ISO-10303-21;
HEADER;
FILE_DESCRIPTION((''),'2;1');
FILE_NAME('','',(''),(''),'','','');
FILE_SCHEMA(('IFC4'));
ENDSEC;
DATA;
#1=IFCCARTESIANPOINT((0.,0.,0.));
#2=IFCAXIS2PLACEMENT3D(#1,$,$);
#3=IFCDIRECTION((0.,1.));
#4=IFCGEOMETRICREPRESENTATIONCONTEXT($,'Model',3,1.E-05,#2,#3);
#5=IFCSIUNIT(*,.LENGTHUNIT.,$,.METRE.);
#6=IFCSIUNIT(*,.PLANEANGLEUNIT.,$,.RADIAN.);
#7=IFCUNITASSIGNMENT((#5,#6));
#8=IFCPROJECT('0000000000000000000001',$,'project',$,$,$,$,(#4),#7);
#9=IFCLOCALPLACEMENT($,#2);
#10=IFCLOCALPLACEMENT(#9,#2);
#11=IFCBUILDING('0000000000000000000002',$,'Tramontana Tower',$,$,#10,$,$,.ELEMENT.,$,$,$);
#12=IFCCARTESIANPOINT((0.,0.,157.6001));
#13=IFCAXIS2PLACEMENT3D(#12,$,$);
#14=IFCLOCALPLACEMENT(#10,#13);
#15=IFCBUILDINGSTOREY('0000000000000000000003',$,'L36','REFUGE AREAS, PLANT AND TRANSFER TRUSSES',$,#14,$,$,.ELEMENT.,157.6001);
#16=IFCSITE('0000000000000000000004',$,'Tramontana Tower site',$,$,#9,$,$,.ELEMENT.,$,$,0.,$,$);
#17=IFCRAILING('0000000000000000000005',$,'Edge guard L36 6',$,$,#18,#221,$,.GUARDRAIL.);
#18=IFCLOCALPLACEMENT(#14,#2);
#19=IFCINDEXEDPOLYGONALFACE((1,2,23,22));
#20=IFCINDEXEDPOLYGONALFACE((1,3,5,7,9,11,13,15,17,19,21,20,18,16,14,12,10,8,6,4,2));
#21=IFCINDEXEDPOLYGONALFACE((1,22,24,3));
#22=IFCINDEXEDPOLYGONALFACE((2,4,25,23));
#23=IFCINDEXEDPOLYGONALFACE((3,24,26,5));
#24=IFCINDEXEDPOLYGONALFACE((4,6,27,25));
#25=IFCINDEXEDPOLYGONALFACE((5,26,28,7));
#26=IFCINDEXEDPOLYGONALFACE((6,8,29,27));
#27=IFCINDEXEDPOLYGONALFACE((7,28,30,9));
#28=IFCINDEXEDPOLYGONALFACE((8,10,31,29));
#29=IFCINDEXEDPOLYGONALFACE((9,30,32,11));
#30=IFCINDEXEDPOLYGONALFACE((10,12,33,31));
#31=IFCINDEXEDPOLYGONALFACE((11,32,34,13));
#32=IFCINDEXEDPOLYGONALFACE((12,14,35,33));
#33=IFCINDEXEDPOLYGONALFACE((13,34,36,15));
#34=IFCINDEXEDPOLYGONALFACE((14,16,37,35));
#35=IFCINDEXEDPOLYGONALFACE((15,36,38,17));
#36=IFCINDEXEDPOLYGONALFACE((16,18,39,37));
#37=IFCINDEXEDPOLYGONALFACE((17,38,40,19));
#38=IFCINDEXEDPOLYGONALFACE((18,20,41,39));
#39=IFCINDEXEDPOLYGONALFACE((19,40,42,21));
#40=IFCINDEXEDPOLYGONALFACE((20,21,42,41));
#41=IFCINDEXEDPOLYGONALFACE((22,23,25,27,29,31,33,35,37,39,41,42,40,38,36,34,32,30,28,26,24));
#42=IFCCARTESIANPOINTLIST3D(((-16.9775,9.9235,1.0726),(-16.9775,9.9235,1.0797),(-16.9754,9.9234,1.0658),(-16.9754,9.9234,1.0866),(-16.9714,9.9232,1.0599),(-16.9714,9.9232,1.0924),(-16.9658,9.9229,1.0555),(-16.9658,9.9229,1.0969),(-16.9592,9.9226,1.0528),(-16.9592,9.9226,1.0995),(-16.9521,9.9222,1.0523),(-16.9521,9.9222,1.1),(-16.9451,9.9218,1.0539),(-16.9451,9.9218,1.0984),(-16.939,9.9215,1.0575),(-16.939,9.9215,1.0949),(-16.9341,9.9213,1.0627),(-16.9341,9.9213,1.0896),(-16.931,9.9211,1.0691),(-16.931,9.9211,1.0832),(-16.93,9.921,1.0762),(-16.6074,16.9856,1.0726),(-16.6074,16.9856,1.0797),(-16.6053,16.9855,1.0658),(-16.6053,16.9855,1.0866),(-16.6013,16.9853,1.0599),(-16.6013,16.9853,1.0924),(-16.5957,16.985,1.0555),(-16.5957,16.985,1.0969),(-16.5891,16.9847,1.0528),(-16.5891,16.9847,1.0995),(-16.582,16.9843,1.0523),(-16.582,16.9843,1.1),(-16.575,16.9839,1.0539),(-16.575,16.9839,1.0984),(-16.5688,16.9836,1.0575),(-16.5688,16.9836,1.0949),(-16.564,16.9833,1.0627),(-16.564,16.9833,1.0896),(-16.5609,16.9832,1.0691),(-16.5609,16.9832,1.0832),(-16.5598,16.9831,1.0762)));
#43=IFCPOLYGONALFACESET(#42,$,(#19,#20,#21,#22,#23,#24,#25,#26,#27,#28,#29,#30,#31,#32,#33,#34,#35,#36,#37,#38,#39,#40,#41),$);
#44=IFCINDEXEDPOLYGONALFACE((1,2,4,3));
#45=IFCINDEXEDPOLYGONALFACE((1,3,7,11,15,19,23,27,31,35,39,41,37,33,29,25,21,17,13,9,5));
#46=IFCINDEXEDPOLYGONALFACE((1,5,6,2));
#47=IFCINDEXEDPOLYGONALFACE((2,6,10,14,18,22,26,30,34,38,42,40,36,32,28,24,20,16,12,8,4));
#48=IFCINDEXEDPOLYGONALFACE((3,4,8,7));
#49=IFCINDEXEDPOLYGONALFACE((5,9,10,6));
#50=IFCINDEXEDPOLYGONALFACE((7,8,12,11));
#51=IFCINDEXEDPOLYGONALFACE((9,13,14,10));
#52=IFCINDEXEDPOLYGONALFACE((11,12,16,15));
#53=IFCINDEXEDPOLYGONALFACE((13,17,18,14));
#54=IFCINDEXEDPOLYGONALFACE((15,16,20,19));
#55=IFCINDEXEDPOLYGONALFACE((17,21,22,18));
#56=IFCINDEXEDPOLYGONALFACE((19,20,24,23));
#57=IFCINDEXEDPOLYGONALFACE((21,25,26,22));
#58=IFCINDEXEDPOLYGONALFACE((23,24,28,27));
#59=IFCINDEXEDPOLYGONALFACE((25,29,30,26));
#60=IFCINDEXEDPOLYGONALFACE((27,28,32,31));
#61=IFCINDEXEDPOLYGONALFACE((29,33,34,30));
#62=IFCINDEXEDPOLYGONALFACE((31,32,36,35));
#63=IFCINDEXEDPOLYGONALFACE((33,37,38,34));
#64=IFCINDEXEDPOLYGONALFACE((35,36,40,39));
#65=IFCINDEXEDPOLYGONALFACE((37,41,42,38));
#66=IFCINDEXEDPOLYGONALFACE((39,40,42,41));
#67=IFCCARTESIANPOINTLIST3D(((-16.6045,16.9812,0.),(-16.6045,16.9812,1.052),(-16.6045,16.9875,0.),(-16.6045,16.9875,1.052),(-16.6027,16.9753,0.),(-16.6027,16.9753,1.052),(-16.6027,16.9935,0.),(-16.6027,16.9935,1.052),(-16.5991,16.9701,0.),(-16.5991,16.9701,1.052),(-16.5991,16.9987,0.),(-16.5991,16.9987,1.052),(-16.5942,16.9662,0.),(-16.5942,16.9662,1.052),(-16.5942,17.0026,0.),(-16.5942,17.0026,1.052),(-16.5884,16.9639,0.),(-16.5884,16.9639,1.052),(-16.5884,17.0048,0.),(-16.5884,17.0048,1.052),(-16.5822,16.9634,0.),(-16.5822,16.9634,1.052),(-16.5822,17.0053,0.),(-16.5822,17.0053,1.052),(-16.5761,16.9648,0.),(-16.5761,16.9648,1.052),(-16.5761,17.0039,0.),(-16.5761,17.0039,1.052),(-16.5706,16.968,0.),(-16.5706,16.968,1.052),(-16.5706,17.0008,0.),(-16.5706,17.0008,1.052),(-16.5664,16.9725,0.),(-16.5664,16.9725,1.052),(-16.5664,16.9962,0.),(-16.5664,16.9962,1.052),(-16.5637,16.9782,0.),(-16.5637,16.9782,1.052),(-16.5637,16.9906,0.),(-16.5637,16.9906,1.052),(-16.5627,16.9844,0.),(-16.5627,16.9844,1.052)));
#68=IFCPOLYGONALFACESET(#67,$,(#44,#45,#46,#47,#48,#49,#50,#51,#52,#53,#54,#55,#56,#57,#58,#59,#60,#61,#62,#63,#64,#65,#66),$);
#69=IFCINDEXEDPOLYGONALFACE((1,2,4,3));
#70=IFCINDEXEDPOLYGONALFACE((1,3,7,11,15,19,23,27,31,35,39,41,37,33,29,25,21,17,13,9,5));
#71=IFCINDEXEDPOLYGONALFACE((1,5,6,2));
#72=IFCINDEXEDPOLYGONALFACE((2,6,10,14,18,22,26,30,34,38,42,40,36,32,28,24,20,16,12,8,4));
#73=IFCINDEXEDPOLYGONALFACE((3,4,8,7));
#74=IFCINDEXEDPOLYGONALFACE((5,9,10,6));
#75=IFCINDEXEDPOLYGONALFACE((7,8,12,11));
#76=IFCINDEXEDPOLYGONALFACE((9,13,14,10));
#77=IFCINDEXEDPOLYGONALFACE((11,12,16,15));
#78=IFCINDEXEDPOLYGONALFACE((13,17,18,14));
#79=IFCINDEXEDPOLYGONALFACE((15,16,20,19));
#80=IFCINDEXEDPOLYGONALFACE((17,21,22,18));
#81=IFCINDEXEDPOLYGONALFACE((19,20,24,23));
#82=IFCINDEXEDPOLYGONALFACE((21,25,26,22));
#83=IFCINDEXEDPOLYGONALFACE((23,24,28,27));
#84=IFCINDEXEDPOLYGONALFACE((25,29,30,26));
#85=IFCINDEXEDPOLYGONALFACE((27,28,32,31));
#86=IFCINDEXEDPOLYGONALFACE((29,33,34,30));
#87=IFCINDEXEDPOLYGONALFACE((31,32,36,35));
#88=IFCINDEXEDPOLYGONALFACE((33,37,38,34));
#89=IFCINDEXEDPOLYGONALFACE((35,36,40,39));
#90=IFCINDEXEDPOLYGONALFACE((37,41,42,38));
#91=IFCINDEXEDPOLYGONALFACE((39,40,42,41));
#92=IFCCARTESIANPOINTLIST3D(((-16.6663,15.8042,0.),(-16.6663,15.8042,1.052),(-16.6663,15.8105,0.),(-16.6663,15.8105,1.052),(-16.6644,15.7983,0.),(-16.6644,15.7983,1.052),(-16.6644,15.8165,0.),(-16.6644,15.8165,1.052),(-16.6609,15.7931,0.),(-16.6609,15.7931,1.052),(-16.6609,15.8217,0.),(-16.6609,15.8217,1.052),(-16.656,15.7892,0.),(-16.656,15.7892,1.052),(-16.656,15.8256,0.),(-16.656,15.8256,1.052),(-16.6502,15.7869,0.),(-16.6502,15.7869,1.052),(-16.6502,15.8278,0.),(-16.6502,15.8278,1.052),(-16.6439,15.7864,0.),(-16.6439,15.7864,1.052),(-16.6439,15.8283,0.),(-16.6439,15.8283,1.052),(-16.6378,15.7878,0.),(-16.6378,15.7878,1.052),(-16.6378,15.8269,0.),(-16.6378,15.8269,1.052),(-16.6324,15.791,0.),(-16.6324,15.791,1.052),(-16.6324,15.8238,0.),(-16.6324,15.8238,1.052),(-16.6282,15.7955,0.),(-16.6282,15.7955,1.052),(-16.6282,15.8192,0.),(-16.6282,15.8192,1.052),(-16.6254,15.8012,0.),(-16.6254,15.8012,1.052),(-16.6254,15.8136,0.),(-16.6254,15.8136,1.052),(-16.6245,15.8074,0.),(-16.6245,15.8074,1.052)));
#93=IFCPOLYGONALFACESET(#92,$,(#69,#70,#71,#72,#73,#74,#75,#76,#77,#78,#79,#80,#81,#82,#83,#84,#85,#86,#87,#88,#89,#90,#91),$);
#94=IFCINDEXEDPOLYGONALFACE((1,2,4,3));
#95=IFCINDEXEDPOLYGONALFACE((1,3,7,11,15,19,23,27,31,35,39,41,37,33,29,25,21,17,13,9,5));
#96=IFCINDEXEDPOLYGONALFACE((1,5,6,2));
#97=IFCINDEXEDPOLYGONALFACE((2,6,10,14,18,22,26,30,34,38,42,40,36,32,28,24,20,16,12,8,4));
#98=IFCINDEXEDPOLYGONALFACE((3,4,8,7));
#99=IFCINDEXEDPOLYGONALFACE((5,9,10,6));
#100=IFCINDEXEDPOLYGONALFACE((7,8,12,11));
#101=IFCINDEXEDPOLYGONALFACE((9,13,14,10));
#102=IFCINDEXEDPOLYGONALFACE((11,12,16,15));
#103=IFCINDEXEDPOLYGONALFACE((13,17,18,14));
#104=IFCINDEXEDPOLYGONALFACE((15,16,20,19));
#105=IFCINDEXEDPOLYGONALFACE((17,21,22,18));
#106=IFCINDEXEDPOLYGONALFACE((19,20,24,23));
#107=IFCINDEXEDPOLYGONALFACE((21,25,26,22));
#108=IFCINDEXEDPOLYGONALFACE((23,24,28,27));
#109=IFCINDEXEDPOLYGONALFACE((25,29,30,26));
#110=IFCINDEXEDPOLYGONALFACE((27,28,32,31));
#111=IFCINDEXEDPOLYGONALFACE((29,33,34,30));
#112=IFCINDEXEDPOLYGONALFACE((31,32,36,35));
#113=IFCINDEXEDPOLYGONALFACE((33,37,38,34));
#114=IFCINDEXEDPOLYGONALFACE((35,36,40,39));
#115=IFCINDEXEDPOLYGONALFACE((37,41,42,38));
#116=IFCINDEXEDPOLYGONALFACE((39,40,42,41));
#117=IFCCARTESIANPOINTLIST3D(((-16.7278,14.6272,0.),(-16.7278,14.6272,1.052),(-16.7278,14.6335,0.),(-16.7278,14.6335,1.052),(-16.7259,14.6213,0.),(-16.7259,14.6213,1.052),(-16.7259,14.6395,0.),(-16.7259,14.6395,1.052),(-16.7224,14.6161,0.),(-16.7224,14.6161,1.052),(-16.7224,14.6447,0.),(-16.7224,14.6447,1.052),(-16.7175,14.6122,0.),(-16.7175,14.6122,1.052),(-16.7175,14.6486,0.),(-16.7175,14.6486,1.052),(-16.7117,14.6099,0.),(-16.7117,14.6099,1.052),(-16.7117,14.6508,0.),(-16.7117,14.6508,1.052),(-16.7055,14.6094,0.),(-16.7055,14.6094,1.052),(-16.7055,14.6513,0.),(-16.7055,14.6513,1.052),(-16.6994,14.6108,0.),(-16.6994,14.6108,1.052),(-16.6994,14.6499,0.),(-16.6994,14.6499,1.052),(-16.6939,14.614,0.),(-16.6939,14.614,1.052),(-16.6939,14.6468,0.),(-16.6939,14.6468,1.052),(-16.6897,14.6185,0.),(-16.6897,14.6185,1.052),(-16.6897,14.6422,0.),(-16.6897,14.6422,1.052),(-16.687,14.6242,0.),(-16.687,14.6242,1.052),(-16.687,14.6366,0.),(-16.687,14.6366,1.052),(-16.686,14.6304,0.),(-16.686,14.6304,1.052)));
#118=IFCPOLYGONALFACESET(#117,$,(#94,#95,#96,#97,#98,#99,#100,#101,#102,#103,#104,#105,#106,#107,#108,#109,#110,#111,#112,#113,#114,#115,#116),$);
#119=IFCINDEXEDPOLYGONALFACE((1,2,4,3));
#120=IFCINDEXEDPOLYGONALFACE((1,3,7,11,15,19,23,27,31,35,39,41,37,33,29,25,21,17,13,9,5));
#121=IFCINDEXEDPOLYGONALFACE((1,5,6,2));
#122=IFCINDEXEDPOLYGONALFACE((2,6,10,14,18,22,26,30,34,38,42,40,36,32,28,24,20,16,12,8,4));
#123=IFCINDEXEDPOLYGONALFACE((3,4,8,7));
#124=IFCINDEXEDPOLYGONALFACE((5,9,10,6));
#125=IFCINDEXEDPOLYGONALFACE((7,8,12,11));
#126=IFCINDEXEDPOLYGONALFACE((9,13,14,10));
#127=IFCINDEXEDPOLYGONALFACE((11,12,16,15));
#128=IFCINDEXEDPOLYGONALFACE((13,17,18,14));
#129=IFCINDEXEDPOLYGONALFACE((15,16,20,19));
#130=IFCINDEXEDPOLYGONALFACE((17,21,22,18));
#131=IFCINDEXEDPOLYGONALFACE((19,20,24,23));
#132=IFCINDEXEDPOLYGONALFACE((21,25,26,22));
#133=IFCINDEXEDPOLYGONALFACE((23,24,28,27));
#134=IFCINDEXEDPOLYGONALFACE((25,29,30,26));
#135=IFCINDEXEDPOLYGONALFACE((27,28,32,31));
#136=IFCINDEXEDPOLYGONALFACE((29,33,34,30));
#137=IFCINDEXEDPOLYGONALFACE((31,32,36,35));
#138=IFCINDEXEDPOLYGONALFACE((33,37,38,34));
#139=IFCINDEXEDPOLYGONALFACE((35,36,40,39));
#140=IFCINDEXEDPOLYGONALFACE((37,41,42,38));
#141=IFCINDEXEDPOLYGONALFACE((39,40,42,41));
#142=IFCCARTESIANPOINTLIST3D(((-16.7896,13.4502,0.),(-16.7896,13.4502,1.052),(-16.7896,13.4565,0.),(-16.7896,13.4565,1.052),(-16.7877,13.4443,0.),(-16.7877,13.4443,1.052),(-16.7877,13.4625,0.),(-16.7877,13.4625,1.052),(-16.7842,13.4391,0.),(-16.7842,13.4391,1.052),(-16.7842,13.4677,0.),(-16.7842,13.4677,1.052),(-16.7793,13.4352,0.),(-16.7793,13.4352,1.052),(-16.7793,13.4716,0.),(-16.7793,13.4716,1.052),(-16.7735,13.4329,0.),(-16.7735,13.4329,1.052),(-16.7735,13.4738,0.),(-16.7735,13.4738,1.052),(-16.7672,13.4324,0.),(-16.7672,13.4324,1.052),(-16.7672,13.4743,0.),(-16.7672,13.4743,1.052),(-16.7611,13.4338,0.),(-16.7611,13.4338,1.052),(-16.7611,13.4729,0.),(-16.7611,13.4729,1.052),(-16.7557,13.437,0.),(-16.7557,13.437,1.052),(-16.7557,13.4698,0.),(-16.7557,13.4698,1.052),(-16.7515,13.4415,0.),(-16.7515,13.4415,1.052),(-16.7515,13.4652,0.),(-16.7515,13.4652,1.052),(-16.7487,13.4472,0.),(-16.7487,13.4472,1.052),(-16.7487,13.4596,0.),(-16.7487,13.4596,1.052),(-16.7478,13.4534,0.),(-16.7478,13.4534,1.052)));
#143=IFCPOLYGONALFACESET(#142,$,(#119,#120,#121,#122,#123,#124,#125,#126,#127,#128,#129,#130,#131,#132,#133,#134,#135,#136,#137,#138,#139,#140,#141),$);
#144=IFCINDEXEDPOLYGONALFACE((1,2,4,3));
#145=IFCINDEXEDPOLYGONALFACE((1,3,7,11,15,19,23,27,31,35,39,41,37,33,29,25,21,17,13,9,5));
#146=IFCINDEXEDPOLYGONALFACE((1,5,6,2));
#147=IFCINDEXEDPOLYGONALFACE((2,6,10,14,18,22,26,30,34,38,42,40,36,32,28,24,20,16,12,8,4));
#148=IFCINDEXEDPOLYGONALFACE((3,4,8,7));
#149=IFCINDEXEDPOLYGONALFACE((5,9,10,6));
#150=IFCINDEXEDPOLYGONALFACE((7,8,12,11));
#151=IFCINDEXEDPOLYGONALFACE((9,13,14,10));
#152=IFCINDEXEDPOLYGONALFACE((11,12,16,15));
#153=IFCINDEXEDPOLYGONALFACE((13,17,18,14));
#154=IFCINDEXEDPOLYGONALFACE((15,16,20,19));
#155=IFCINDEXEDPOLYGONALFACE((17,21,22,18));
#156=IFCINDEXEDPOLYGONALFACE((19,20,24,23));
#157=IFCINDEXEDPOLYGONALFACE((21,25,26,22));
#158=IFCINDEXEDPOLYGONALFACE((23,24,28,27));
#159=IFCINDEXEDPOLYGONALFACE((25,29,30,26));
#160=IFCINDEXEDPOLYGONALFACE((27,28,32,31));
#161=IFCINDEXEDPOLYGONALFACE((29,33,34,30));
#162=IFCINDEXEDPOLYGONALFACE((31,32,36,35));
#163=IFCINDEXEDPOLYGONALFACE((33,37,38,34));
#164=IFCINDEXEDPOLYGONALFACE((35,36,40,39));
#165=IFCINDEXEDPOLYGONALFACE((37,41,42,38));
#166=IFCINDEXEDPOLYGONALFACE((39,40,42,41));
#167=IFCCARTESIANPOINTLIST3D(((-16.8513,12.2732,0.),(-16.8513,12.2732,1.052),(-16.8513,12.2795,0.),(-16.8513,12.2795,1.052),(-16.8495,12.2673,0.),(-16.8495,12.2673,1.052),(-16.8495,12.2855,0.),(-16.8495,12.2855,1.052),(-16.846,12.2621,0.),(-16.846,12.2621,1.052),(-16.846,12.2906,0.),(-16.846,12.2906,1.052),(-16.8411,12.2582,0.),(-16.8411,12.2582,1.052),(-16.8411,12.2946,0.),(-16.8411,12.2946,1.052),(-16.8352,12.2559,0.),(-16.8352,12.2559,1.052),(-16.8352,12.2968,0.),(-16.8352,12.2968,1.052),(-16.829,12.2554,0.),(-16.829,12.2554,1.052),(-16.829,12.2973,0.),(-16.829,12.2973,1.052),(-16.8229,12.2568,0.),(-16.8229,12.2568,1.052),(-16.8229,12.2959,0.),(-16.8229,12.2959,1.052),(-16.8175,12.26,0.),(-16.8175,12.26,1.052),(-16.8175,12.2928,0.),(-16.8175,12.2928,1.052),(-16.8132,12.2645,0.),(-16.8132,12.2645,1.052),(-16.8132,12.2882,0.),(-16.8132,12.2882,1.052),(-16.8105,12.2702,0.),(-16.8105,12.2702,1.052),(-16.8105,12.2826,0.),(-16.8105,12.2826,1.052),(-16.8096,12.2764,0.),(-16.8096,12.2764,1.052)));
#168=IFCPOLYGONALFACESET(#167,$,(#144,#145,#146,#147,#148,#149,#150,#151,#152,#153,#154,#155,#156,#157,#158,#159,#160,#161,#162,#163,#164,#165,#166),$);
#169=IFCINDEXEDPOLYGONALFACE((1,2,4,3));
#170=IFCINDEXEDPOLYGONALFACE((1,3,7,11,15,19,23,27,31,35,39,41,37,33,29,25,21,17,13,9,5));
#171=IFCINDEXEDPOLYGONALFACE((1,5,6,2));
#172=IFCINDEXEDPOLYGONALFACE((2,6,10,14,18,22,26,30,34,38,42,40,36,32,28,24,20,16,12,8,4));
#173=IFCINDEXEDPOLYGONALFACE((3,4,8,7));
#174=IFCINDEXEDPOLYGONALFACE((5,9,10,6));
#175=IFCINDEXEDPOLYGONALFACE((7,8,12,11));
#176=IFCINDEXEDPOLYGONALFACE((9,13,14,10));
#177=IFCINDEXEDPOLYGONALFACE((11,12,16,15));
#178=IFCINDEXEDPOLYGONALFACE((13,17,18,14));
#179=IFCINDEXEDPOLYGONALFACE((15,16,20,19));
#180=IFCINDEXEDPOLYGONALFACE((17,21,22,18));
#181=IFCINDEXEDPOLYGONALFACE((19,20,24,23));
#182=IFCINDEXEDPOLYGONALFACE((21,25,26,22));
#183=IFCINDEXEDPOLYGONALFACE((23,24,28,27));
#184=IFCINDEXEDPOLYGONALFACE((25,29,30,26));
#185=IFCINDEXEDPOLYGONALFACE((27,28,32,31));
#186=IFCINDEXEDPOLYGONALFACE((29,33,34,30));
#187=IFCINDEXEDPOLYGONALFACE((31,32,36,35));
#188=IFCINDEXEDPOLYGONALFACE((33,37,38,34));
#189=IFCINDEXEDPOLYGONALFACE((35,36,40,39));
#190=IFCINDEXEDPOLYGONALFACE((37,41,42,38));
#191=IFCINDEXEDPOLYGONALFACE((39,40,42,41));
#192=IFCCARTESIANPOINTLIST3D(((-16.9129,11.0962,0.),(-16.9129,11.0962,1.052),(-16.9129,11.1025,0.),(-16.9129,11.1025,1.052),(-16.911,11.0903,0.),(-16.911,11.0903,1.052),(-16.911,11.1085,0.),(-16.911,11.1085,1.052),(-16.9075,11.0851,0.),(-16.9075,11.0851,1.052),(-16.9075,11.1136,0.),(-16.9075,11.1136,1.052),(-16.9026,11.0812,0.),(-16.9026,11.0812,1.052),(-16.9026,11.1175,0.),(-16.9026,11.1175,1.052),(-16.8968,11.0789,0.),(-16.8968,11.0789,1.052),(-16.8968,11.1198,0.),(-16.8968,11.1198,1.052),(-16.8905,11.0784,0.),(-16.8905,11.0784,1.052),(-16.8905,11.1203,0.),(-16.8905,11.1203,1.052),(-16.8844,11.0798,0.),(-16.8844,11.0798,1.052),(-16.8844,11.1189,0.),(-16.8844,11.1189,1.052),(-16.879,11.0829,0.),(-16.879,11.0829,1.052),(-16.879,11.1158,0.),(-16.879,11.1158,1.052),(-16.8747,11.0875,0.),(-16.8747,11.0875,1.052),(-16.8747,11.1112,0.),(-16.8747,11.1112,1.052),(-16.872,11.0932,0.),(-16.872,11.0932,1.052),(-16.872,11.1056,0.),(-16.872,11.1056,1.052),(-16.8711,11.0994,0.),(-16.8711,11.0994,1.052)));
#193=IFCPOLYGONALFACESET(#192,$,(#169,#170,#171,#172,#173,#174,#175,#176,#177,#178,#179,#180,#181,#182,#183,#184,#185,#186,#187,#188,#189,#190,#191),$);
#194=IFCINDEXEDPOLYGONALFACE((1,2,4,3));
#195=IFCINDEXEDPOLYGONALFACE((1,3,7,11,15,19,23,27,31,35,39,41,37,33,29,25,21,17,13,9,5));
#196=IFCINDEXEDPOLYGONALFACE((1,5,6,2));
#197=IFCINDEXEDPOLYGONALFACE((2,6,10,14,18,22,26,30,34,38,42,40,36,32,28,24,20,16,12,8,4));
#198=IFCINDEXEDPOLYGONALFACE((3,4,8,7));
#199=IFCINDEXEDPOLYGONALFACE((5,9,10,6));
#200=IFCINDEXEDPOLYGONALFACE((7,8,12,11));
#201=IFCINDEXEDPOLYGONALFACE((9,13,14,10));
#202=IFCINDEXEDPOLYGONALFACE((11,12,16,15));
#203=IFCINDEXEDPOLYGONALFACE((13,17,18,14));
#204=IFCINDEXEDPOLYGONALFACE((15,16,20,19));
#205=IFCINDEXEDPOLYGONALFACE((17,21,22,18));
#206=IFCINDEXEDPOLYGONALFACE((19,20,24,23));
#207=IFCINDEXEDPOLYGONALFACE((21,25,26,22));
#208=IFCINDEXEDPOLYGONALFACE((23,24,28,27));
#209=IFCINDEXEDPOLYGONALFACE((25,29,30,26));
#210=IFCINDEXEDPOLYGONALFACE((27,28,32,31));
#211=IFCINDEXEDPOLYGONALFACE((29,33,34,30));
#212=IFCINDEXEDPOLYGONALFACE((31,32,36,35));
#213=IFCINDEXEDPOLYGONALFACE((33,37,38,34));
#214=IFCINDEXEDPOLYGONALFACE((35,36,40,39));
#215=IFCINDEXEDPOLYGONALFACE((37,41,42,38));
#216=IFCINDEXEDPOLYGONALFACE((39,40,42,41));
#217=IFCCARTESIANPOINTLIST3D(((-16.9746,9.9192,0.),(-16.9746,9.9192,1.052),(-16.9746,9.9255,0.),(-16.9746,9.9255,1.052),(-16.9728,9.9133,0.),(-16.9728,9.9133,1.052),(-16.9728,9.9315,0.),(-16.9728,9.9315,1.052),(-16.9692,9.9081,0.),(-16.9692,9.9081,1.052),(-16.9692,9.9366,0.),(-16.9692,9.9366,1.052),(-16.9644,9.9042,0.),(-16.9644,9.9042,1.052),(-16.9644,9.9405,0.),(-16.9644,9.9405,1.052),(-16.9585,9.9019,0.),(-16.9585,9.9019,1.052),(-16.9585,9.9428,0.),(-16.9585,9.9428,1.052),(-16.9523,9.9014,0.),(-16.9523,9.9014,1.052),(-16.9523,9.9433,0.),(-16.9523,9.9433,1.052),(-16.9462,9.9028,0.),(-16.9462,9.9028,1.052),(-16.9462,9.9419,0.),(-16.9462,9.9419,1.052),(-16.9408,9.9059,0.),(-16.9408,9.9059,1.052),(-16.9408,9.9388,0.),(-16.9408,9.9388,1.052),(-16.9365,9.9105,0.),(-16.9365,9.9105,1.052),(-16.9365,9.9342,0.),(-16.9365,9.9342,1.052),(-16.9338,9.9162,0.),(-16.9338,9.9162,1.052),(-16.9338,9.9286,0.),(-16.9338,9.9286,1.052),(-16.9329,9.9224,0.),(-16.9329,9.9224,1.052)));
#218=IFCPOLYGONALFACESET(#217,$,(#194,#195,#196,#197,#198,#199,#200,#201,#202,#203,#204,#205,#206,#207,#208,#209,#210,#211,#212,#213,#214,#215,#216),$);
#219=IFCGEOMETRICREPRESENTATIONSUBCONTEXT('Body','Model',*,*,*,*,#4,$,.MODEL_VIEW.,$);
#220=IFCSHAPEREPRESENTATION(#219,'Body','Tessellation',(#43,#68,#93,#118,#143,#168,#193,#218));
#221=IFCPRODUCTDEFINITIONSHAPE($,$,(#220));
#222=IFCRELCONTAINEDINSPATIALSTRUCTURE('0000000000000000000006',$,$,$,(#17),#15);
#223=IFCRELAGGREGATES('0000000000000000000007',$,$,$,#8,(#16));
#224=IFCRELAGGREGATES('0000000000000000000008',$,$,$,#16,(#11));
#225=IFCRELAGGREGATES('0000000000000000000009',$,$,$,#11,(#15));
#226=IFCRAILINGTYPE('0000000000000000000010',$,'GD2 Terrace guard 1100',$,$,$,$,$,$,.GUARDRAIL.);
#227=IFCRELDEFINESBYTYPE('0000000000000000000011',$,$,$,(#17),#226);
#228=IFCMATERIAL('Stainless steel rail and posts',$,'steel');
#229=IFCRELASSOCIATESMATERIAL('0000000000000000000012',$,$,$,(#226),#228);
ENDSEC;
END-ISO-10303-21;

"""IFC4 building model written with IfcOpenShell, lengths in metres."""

from ifc_helpers import new_model, si_unit, direction, frame, origin, origin_2d, place, context, subcontext, project, spatial, circle, extrude, material, type_object, element, save


model = new_model("IFC4")

# Units and contexts
model_context = context("Model", 3, precision=1e-05, world=origin(), true_north=direction((0.0, 1.0)))
body_context = subcontext(model_context, "Body", "Model", "MODEL_VIEW")
ifc_project = project(units=[si_unit("LENGTHUNIT", "METRE"), si_unit("PLANEANGLEUNIT", "RADIAN")], contexts=[model_context])

# Site, building, storey
site_placement = place(None, origin())
site = spatial("IfcSite", under=ifc_project, at=site_placement, Name="Tramontana Tower site", CompositionType="ELEMENT", RefElevation=0.0)
building_placement = place(site_placement, origin())
building = spatial("IfcBuilding", under=site, at=building_placement, Name="Tramontana Tower", CompositionType="ELEMENT")
storey_placement = place(building_placement, frame((0.0, 0.0, 157.6001)))
storey = spatial("IfcBuildingStorey", under=building, at=storey_placement, Name="L36", Description="REFUGE AREAS, PLANT AND TRANSFER TRUSSES", CompositionType="ELEMENT", Elevation=157.6001)

# Railing
ifc_material_1 = material(Name="Stainless steel rail and posts", Category="steel")
railing_type = type_object("IfcRailingType", Name="GD2 Terrace guard 1100", PredefinedType="GUARDRAIL", material=ifc_material_1)
railing_1_placement = place(storey_placement, frame((-16.5837, 16.9844, 0.0)))
element("IfcRailing", 1, at=railing_1_placement, inside=storey, type_object=railing_type, Name="Edge guard L36 6", PredefinedType="GUARDRAIL", context=body_context, shape_type="SweptSolid", body=[
    extrude(circle(Radius=0.0239, at=origin_2d()), frame((0.0, 0.0, 1.0762), z_axis=(-0.052338, -0.998629, 0.0), x_axis=(0.998629, -0.052338, 0.0)), (0.0, 0.0, 1.0), 7.0718),
    extrude(circle(Radius=0.021, at=origin_2d()), origin(), (0.0, 0.0, 1.0), 1.052),
    extrude(circle(Radius=0.021, at=origin_2d()), frame((-0.0618, -1.177, 0.0)), (0.0, 0.0, 1.0), 1.052),
    extrude(circle(Radius=0.021, at=origin_2d()), frame((-0.1233, -2.354, 0.0)), (0.0, 0.0, 1.0), 1.052),
    extrude(circle(Radius=0.021, at=origin_2d()), frame((-0.1851, -3.531, 0.0)), (0.0, 0.0, 1.0), 1.052),
    extrude(circle(Radius=0.021, at=origin_2d()), frame((-0.2468, -4.708, 0.0)), (0.0, 0.0, 1.0), 1.052),
    extrude(circle(Radius=0.021, at=origin_2d()), frame((-0.3083, -5.885, 0.0)), (0.0, 0.0, 1.0), 1.052),
    extrude(circle(Radius=0.021, at=origin_2d()), frame((-0.3701, -7.062, 0.0)), (0.0, 0.0, 1.0), 1.052),
])

save(model, "model.ifc")
